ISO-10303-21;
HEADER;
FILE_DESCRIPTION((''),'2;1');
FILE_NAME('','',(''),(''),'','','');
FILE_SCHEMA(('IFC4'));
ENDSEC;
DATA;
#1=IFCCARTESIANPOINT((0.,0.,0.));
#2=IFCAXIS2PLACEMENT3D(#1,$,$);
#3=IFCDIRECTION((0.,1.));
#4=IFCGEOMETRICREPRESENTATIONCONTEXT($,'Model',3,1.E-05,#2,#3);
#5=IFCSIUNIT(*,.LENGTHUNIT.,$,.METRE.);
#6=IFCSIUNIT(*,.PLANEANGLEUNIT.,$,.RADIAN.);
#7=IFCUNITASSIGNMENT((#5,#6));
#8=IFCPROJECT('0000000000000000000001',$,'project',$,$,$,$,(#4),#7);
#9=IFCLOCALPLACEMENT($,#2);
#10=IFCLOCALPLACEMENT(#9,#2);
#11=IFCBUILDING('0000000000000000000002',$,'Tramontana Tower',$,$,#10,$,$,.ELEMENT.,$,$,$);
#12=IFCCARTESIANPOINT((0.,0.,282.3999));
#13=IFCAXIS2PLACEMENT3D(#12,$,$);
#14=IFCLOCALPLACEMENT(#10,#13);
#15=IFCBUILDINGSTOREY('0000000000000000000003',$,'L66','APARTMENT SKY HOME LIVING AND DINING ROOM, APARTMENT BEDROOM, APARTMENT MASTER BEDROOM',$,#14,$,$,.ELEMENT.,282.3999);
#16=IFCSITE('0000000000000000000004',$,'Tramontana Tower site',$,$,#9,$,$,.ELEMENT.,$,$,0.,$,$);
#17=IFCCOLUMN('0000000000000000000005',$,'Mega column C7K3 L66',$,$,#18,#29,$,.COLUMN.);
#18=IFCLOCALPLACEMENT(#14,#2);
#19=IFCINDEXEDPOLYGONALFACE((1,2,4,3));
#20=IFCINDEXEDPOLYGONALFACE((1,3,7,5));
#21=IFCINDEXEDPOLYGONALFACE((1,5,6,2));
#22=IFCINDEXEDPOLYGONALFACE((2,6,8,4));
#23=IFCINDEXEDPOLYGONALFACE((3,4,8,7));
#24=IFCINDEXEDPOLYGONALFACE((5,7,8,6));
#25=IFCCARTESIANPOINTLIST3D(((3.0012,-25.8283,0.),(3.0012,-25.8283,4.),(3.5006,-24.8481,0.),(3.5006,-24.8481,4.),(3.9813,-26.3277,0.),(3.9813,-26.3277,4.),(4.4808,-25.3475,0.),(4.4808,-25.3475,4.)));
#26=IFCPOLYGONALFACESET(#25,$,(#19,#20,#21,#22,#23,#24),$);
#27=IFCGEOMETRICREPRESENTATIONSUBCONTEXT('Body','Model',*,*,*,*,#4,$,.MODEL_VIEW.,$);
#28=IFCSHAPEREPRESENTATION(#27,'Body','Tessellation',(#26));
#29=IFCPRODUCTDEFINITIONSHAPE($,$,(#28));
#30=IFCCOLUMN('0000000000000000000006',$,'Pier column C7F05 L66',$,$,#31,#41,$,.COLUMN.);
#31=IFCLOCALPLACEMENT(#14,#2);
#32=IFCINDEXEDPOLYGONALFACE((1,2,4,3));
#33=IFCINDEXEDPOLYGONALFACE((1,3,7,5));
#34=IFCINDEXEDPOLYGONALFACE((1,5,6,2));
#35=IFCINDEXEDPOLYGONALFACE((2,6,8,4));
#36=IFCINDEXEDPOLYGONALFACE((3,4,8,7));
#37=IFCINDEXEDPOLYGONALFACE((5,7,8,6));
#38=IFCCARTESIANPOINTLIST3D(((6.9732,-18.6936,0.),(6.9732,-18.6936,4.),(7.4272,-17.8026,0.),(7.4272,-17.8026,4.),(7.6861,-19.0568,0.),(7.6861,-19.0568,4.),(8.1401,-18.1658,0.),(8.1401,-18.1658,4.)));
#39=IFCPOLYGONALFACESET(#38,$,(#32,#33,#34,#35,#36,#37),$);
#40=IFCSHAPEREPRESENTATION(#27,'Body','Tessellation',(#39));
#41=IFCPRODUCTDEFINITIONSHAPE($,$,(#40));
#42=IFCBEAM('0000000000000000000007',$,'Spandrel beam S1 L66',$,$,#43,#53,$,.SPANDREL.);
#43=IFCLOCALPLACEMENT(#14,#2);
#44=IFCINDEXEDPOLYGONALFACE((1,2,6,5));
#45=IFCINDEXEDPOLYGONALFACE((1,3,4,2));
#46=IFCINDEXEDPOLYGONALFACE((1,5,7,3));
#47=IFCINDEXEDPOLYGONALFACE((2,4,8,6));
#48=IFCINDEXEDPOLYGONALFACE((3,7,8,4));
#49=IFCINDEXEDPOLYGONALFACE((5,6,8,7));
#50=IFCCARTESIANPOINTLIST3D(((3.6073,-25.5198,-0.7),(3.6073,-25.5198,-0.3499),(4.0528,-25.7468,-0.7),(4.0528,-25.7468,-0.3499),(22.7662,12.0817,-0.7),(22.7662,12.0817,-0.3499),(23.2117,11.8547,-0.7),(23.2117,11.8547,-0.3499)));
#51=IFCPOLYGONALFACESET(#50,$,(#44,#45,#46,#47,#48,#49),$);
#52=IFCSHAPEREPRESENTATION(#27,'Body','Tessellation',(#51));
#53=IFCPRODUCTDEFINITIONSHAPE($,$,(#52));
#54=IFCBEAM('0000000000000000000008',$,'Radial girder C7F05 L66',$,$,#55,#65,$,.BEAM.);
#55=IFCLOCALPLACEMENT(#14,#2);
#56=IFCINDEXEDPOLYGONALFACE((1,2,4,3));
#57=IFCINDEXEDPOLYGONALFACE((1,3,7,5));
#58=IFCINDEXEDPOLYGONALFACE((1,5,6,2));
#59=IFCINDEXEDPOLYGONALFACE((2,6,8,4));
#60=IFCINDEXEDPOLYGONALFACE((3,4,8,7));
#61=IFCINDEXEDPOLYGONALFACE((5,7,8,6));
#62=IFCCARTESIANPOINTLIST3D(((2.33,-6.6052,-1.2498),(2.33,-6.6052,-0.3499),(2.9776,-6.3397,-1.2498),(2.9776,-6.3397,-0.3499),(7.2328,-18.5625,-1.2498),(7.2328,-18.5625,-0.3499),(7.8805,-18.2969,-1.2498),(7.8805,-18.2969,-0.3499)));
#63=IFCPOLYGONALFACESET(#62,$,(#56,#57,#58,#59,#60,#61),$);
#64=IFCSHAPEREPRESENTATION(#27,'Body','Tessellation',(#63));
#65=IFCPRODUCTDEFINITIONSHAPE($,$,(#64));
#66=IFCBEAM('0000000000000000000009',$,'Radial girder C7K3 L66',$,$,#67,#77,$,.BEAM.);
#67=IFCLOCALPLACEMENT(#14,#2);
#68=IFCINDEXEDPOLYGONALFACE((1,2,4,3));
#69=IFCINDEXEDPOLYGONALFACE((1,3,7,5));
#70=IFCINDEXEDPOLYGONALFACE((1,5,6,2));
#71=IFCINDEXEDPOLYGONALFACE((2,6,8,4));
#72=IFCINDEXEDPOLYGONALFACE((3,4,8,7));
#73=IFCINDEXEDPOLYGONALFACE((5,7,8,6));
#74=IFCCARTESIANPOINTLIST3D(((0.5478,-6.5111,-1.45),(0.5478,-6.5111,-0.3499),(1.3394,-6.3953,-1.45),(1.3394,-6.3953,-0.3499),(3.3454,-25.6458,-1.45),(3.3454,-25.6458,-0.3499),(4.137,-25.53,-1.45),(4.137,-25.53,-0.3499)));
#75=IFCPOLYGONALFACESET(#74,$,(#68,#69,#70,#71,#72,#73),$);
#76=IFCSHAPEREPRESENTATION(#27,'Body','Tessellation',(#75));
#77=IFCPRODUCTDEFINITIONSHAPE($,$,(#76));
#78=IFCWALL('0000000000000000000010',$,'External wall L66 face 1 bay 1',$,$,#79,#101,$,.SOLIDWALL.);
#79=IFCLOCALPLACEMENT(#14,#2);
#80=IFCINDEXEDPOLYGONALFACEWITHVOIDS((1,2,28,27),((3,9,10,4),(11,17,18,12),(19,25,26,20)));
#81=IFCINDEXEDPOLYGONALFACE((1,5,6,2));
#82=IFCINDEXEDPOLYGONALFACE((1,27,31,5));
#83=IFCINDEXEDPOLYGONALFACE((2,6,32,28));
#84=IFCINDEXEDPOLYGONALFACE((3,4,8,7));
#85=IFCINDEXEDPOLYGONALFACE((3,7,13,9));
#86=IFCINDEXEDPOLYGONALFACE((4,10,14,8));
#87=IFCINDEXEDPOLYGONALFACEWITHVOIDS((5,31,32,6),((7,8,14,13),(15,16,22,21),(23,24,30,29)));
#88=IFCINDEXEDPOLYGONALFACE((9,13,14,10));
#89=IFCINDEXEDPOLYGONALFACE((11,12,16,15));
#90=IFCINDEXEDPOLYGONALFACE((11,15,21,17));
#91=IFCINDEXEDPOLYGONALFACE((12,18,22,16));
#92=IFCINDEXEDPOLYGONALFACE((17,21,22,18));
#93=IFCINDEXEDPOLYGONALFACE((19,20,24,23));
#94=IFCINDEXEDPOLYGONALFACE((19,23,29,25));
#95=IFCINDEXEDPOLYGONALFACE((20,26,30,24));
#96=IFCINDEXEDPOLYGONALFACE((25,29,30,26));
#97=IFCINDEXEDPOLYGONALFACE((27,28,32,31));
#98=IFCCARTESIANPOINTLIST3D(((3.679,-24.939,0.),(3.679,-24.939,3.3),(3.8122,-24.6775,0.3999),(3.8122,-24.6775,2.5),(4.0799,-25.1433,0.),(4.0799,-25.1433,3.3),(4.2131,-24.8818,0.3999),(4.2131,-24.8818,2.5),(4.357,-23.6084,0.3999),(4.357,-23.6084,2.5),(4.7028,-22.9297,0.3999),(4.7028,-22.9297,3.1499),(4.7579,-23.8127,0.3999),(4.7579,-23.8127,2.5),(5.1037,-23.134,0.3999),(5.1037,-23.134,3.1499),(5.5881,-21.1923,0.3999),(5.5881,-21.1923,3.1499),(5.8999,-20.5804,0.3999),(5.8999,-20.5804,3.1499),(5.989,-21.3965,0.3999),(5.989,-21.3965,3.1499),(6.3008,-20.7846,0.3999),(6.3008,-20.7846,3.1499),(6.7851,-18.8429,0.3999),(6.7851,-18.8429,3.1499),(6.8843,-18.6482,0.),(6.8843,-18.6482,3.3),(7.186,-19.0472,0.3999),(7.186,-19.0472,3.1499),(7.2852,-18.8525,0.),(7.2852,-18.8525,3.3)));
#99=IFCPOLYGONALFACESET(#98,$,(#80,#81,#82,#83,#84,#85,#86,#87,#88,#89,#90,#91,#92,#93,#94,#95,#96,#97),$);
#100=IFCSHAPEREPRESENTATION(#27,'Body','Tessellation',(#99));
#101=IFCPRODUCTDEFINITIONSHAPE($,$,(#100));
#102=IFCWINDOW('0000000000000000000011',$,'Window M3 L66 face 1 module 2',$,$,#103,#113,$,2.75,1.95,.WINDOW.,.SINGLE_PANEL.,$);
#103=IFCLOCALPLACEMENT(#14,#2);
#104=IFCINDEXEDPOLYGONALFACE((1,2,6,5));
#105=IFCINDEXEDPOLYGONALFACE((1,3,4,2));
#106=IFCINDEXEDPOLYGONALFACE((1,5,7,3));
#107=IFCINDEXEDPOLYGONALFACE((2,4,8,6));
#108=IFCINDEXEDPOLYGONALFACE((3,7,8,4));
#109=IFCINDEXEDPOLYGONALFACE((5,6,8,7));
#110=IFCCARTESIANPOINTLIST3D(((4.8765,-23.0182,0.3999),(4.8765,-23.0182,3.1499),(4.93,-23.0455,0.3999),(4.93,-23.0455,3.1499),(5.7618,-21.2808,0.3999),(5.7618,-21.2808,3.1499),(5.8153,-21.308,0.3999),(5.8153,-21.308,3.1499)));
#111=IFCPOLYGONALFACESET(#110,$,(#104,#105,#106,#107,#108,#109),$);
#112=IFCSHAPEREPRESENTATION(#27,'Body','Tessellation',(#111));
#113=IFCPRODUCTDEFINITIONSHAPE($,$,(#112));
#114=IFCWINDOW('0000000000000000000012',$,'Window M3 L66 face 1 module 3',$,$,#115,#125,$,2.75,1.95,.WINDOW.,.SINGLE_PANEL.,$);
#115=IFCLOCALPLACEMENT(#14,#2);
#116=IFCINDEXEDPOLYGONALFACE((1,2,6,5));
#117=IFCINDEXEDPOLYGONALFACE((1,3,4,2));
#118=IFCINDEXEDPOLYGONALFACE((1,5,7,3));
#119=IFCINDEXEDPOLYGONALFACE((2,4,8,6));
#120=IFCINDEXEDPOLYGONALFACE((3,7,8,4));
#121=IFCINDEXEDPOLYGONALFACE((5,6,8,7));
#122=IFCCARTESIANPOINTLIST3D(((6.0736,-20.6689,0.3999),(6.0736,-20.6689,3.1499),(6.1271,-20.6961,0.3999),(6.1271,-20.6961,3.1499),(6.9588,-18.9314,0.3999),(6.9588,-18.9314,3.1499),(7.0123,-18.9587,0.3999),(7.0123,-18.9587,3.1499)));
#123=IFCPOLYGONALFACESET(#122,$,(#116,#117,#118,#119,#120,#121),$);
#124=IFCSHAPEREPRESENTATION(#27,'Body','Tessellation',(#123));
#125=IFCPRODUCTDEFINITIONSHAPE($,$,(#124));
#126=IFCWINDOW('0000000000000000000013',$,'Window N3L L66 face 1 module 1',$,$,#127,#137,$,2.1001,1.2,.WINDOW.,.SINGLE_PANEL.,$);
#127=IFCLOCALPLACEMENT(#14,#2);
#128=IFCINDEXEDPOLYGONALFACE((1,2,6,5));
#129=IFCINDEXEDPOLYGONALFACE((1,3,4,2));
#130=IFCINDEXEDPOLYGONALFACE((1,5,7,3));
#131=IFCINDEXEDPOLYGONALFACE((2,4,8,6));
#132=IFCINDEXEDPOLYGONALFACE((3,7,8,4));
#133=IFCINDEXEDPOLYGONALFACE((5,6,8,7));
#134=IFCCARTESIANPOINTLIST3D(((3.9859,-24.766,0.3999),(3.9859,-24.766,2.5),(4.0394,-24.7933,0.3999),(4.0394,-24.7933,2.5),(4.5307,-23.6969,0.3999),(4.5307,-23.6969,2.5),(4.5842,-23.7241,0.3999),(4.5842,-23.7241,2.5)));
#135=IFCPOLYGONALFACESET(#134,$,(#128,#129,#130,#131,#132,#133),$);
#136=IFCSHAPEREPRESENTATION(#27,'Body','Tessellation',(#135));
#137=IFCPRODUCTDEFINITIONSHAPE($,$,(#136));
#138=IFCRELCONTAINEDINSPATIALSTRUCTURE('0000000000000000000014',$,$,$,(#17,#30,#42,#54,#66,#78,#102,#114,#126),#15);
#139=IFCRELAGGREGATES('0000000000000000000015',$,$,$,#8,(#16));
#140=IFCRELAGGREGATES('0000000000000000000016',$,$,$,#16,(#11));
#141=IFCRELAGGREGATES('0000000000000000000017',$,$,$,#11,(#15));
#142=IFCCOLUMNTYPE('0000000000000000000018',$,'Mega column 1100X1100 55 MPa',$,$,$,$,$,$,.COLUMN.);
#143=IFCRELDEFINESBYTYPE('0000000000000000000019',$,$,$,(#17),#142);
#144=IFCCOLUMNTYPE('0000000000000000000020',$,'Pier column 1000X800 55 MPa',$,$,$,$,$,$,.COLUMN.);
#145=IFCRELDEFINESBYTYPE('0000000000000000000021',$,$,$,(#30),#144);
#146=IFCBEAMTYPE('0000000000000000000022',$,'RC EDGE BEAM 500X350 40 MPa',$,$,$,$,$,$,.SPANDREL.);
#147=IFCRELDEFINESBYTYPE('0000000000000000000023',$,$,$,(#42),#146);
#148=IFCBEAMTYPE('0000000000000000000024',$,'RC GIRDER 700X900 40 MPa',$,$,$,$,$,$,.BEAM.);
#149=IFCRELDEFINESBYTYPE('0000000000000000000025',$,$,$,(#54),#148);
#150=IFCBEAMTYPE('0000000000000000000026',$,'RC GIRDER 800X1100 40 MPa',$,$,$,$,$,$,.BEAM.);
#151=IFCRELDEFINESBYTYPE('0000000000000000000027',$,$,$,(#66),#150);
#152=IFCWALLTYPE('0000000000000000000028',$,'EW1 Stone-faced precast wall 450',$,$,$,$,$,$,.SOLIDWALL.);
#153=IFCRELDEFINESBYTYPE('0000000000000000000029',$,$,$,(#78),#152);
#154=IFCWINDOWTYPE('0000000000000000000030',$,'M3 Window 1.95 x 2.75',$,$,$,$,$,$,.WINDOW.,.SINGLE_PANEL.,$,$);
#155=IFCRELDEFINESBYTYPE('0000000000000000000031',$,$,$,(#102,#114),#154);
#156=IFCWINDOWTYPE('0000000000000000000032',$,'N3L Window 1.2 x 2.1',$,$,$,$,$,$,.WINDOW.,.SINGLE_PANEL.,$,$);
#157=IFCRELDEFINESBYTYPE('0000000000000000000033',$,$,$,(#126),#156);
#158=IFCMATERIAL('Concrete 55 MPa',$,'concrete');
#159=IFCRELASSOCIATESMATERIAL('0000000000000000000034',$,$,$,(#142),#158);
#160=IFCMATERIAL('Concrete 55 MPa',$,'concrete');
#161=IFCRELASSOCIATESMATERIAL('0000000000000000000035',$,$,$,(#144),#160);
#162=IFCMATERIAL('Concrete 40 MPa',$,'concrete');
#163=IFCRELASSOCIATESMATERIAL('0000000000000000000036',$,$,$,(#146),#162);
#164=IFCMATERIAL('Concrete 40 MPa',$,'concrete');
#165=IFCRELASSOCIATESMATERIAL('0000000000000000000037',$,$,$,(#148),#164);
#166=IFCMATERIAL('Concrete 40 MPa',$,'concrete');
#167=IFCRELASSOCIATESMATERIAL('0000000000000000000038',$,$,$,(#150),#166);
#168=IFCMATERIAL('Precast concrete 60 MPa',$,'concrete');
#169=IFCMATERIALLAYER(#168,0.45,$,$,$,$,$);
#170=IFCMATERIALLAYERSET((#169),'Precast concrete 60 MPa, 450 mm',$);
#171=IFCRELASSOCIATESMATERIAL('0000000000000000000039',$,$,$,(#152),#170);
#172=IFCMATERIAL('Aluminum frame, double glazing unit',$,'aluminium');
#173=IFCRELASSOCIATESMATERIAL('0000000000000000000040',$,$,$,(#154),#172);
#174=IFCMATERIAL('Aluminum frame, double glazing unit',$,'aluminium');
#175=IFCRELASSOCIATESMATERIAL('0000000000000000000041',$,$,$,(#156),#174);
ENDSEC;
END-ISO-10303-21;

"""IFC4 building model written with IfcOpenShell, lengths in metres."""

from ifc_helpers import new_model, si_unit, direction, frame, frame_2d, origin, origin_2d, place, context, subcontext, project, spatial, rectangle, extrude, material, layer, layer_set, material_profile, profile_set, type_object, element, fill, save


model = new_model("IFC4")

# Units and contexts
model_context = context("Model", 3, precision=1e-05, world=origin(), true_north=direction((0.0, 1.0)))
body_context = subcontext(model_context, "Body", "Model", "MODEL_VIEW")
ifc_project = project(units=[si_unit("LENGTHUNIT", "METRE"), si_unit("PLANEANGLEUNIT", "RADIAN")], contexts=[model_context])

# Site, building, storey
site_placement = place(None, origin())
site = spatial("IfcSite", under=ifc_project, at=site_placement, Name="Tramontana Tower site", CompositionType="ELEMENT", RefElevation=0.0)
building_placement = place(site_placement, origin())
building = spatial("IfcBuilding", under=site, at=building_placement, Name="Tramontana Tower", CompositionType="ELEMENT")
storey_placement = place(building_placement, frame((0.0, 0.0, 282.3999)))
storey = spatial("IfcBuildingStorey", under=building, at=storey_placement, Name="L66", Description="APARTMENT SKY HOME LIVING AND DINING ROOM, APARTMENT BEDROOM, APARTMENT MASTER BEDROOM", CompositionType="ELEMENT", Elevation=282.3999)

# Columns
ifc_material_1 = material(Name="Concrete 55 MPa", Category="concrete")
ifc_material_profile_1 = material_profile(ifc_material_1, rectangle(XDim=1.1001, YDim=1.1001, at=origin_2d()), Name="Mega column 1100X1100 55 MPa")
ifc_profile_set_1 = profile_set([ifc_material_profile_1], Name="Concrete 55 MPa")
column_type_1 = type_object("IfcColumnType", Name="Mega column 1100X1100 55 MPa", PredefinedType="COLUMN", material=ifc_profile_set_1)
column_1_placement = place(storey_placement, frame((3.741, -25.5879, 0.0), z_axis=(0.0, 0.0, 1.0), x_axis=(0.45399, 0.891007, 0.0)))
element("IfcColumn", 1, at=column_1_placement, inside=storey, type_object=column_type_1, Name="Mega column C7K3 L66", PredefinedType="COLUMN", context=body_context, shape_type="SweptSolid", body=[
    extrude(rectangle(XDim=1.1001, YDim=1.1001, at=origin_2d()), origin(), (0.0, 0.0, 1.0), 4.0),
])
ifc_material_2 = material(Name="Concrete 55 MPa", Category="concrete")
ifc_material_profile_2 = material_profile(ifc_material_2, rectangle(XDim=1.0, YDim=0.8, at=origin_2d()), Name="Pier column 1000X800 55 MPa")
ifc_profile_set_2 = profile_set([ifc_material_profile_2], Name="Concrete 55 MPa")
column_type_2 = type_object("IfcColumnType", Name="Pier column 1000X800 55 MPa", PredefinedType="COLUMN", material=ifc_profile_set_2)
column_2_placement = place(storey_placement, frame((7.5566, -18.4297, 0.0), z_axis=(0.0, 0.0, 1.0), x_axis=(0.45399, 0.891007, 0.0)))
element("IfcColumn", 2, at=column_2_placement, inside=storey, type_object=column_type_2, Name="Pier column C7F05 L66", PredefinedType="COLUMN", context=body_context, shape_type="SweptSolid", body=[
    extrude(rectangle(XDim=1.0, YDim=0.8, at=origin_2d()), origin(), (0.0, 0.0, 1.0), 4.0),
])

# Beams
ifc_material_3 = material(Name="Concrete 40 MPa", Category="concrete")
ifc_material_profile_3 = material_profile(ifc_material_3, rectangle(XDim=0.5, YDim=0.3501, at=origin_2d()), Name="RC EDGE BEAM 500X350 40 MPa")
ifc_profile_set_3 = profile_set([ifc_material_profile_3], Name="Concrete 40 MPa")
beam_type_1 = type_object("IfcBeamType", Name="RC EDGE BEAM 500X350 40 MPa", PredefinedType="SPANDREL", material=ifc_profile_set_3)
beam_1_placement = place(storey_placement, frame((3.8301, -25.6333, -0.5249), z_axis=(0.45399, 0.891007, 0.0), x_axis=(-0.891007, 0.45399, 0.0)))
element("IfcBeam", 3, at=beam_1_placement, inside=storey, type_object=beam_type_1, Name="Spandrel beam S1 L66", PredefinedType="SPANDREL", context=body_context, shape_type="SweptSolid", body=[
    extrude(rectangle(XDim=0.5, YDim=0.3501, at=origin_2d()), origin(), (0.0, 0.0, 1.0), 42.2012),
])
ifc_material_4 = material(Name="Concrete 40 MPa", Category="concrete")
ifc_material_profile_4 = material_profile(ifc_material_4, rectangle(XDim=0.7, YDim=0.8999, at=origin_2d()), Name="RC GIRDER 700X900 40 MPa")
ifc_profile_set_4 = profile_set([ifc_material_profile_4], Name="Concrete 40 MPa")
beam_type_2 = type_object("IfcBeamType", Name="RC GIRDER 700X900 40 MPa", PredefinedType="BEAM", material=ifc_profile_set_4)
beam_2_placement = place(storey_placement, frame((7.5566, -18.4297, -0.7998), z_axis=(-0.379376, 0.925242, 0.0), x_axis=(-0.925242, -0.379376, 0.0)))
element("IfcBeam", 4, at=beam_2_placement, inside=storey, type_object=beam_type_2, Name="Radial girder C7F05 L66", PredefinedType="BEAM", context=body_context, shape_type="SweptSolid", body=[
    extrude(rectangle(XDim=0.7, YDim=0.8999, at=origin_2d()), origin(), (0.0, 0.0, 1.0), 12.9233),
])
ifc_material_5 = material(Name="Concrete 40 MPa", Category="concrete")
ifc_material_profile_5 = material_profile(ifc_material_5, rectangle(XDim=0.8, YDim=1.1001, at=origin_2d()), Name="RC GIRDER 800X1100 40 MPa")
ifc_profile_set_5 = profile_set([ifc_material_profile_5], Name="Concrete 40 MPa")
beam_type_3 = type_object("IfcBeamType", Name="RC GIRDER 800X1100 40 MPa", PredefinedType="BEAM", material=ifc_profile_set_5)
beam_3_placement = place(storey_placement, frame((3.7412, -25.5879, -0.8999), z_axis=(-0.144667, 0.98948, 0.0), x_axis=(-0.98948, -0.144667, 0.0)))
element("IfcBeam", 5, at=beam_3_placement, inside=storey, type_object=beam_type_3, Name="Radial girder C7K3 L66", PredefinedType="BEAM", context=body_context, shape_type="SweptSolid", body=[
    extrude(rectangle(XDim=0.8, YDim=1.1001, at=origin_2d()), origin(), (0.0, 0.0, 1.0), 19.3381),
])

# Wall, openings, windows
ifc_material_6 = material(Name="Precast concrete 60 MPa", Category="concrete")
ifc_layer_1 = layer(ifc_material_6, 0.45)
ifc_layer_set_1 = layer_set([ifc_layer_1], Name="Precast concrete 60 MPa, 450 mm")
wall_type_1 = type_object("IfcWallType", Name="EW1 Stone-faced precast wall 450", PredefinedType="SOLIDWALL", material=ifc_layer_set_1)
wall_1_placement = place(storey_placement, frame((3.8794, -25.0413, 0.0), z_axis=(0.0, 0.0, 1.0), x_axis=(0.453992, 0.891006, 0.0)))
wall_1 = element("IfcWall", 6, at=wall_1_placement, inside=storey, type_object=wall_type_1, Name="External wall L66 face 1 bay 1", PredefinedType="SOLIDWALL", context=body_context, shape_type="SweptSolid", body=[
    extrude(rectangle(XDim=7.0603, YDim=0.45, at=frame_2d((3.5303, 0.0))), origin(), (0.0, 0.0, 1.0), 3.3),
])
opening_1_placement = place(wall_1_placement, frame((0.2935, 0.0, 0.3999)))
opening_1 = element("IfcOpeningElement", 7, at=opening_1_placement, cuts=wall_1, PredefinedType="OPENING", context=body_context, shape_type="SweptSolid", body=[
    extrude(rectangle(XDim=1.2, YDim=2.1001, at=frame_2d((0.6001, 1.05))), frame((0.0, 0.2349, 0.0), z_axis=(0.0, -1.0, 0.0), x_axis=(1.0, 0.0, 0.0)), (0.0, 0.0, 1.0), 0.47),
])
opening_2_placement = place(wall_1_placement, frame((2.2551, 0.0, 0.3999)))
opening_2 = element("IfcOpeningElement", 8, at=opening_2_placement, cuts=wall_1, PredefinedType="OPENING", context=body_context, shape_type="SweptSolid", body=[
    extrude(rectangle(XDim=1.95, YDim=2.75, at=frame_2d((0.9751, 1.375))), frame((0.0, 0.2349, 0.0), z_axis=(0.0, -1.0, 0.0), x_axis=(1.0, 0.0, 0.0)), (0.0, 0.0, 1.0), 0.47),
])
opening_3_placement = place(wall_1_placement, frame((4.8918, 0.0, 0.3999)))
opening_3 = element("IfcOpeningElement", 9, at=opening_3_placement, cuts=wall_1, PredefinedType="OPENING", context=body_context, shape_type="SweptSolid", body=[
    extrude(rectangle(XDim=1.95, YDim=2.75, at=frame_2d((0.9751, 1.375))), frame((0.0, 0.2349, 0.0), z_axis=(0.0, -1.0, 0.0), x_axis=(1.0, 0.0, 0.0)), (0.0, 0.0, 1.0), 0.47),
])
ifc_material_7 = material(Name="Aluminum frame, double glazing unit", Category="aluminium")
window_type_1 = type_object("IfcWindowType", Name="M3 Window 1.95 x 2.75", PartitioningType="SINGLE_PANEL", PredefinedType="WINDOW", material=ifc_material_7)
window_1_placement = place(opening_2_placement, origin())
window_1 = element("IfcWindow", 10, at=window_1_placement, inside=storey, type_object=window_type_1, Name="Window M3 L66 face 1 module 2", OverallHeight=2.75, OverallWidth=1.95, PartitioningType="SINGLE_PANEL", PredefinedType="WINDOW", context=body_context, shape_type="SweptSolid", body=[
    extrude(rectangle(XDim=1.95, YDim=2.75, at=frame_2d((0.9751, 1.375))), frame((0.0, 0.03, 0.0), z_axis=(0.0, -1.0, 0.0), x_axis=(1.0, 0.0, 0.0)), (0.0, 0.0, 1.0), 0.0601),
])
fill(opening_2, window_1)
window_2_placement = place(opening_3_placement, origin())
window_2 = element("IfcWindow", 11, at=window_2_placement, inside=storey, type_object=window_type_1, Name="Window M3 L66 face 1 module 3", OverallHeight=2.75, OverallWidth=1.95, PartitioningType="SINGLE_PANEL", PredefinedType="WINDOW", context=body_context, shape_type="SweptSolid", body=[
    extrude(rectangle(XDim=1.95, YDim=2.75, at=frame_2d((0.9751, 1.375))), frame((0.0, 0.03, 0.0), z_axis=(0.0, -1.0, 0.0), x_axis=(1.0, 0.0, 0.0)), (0.0, 0.0, 1.0), 0.0601),
])
fill(opening_3, window_2)
ifc_material_8 = material(Name="Aluminum frame, double glazing unit", Category="aluminium")
window_type_2 = type_object("IfcWindowType", Name="N3L Window 1.2 x 2.1", PartitioningType="SINGLE_PANEL", PredefinedType="WINDOW", material=ifc_material_8)
window_3_placement = place(opening_1_placement, origin())
window_3 = element("IfcWindow", 12, at=window_3_placement, inside=storey, type_object=window_type_2, Name="Window N3L L66 face 1 module 1", OverallHeight=2.1001, OverallWidth=1.2, PartitioningType="SINGLE_PANEL", PredefinedType="WINDOW", context=body_context, shape_type="SweptSolid", body=[
    extrude(rectangle(XDim=1.2, YDim=2.1001, at=frame_2d((0.6001, 1.05))), frame((0.0, 0.03, 0.0), z_axis=(0.0, -1.0, 0.0), x_axis=(1.0, 0.0, 0.0)), (0.0, 0.0, 1.0), 0.0601),
])
fill(opening_1, window_3)

save(model, "model.ifc")
